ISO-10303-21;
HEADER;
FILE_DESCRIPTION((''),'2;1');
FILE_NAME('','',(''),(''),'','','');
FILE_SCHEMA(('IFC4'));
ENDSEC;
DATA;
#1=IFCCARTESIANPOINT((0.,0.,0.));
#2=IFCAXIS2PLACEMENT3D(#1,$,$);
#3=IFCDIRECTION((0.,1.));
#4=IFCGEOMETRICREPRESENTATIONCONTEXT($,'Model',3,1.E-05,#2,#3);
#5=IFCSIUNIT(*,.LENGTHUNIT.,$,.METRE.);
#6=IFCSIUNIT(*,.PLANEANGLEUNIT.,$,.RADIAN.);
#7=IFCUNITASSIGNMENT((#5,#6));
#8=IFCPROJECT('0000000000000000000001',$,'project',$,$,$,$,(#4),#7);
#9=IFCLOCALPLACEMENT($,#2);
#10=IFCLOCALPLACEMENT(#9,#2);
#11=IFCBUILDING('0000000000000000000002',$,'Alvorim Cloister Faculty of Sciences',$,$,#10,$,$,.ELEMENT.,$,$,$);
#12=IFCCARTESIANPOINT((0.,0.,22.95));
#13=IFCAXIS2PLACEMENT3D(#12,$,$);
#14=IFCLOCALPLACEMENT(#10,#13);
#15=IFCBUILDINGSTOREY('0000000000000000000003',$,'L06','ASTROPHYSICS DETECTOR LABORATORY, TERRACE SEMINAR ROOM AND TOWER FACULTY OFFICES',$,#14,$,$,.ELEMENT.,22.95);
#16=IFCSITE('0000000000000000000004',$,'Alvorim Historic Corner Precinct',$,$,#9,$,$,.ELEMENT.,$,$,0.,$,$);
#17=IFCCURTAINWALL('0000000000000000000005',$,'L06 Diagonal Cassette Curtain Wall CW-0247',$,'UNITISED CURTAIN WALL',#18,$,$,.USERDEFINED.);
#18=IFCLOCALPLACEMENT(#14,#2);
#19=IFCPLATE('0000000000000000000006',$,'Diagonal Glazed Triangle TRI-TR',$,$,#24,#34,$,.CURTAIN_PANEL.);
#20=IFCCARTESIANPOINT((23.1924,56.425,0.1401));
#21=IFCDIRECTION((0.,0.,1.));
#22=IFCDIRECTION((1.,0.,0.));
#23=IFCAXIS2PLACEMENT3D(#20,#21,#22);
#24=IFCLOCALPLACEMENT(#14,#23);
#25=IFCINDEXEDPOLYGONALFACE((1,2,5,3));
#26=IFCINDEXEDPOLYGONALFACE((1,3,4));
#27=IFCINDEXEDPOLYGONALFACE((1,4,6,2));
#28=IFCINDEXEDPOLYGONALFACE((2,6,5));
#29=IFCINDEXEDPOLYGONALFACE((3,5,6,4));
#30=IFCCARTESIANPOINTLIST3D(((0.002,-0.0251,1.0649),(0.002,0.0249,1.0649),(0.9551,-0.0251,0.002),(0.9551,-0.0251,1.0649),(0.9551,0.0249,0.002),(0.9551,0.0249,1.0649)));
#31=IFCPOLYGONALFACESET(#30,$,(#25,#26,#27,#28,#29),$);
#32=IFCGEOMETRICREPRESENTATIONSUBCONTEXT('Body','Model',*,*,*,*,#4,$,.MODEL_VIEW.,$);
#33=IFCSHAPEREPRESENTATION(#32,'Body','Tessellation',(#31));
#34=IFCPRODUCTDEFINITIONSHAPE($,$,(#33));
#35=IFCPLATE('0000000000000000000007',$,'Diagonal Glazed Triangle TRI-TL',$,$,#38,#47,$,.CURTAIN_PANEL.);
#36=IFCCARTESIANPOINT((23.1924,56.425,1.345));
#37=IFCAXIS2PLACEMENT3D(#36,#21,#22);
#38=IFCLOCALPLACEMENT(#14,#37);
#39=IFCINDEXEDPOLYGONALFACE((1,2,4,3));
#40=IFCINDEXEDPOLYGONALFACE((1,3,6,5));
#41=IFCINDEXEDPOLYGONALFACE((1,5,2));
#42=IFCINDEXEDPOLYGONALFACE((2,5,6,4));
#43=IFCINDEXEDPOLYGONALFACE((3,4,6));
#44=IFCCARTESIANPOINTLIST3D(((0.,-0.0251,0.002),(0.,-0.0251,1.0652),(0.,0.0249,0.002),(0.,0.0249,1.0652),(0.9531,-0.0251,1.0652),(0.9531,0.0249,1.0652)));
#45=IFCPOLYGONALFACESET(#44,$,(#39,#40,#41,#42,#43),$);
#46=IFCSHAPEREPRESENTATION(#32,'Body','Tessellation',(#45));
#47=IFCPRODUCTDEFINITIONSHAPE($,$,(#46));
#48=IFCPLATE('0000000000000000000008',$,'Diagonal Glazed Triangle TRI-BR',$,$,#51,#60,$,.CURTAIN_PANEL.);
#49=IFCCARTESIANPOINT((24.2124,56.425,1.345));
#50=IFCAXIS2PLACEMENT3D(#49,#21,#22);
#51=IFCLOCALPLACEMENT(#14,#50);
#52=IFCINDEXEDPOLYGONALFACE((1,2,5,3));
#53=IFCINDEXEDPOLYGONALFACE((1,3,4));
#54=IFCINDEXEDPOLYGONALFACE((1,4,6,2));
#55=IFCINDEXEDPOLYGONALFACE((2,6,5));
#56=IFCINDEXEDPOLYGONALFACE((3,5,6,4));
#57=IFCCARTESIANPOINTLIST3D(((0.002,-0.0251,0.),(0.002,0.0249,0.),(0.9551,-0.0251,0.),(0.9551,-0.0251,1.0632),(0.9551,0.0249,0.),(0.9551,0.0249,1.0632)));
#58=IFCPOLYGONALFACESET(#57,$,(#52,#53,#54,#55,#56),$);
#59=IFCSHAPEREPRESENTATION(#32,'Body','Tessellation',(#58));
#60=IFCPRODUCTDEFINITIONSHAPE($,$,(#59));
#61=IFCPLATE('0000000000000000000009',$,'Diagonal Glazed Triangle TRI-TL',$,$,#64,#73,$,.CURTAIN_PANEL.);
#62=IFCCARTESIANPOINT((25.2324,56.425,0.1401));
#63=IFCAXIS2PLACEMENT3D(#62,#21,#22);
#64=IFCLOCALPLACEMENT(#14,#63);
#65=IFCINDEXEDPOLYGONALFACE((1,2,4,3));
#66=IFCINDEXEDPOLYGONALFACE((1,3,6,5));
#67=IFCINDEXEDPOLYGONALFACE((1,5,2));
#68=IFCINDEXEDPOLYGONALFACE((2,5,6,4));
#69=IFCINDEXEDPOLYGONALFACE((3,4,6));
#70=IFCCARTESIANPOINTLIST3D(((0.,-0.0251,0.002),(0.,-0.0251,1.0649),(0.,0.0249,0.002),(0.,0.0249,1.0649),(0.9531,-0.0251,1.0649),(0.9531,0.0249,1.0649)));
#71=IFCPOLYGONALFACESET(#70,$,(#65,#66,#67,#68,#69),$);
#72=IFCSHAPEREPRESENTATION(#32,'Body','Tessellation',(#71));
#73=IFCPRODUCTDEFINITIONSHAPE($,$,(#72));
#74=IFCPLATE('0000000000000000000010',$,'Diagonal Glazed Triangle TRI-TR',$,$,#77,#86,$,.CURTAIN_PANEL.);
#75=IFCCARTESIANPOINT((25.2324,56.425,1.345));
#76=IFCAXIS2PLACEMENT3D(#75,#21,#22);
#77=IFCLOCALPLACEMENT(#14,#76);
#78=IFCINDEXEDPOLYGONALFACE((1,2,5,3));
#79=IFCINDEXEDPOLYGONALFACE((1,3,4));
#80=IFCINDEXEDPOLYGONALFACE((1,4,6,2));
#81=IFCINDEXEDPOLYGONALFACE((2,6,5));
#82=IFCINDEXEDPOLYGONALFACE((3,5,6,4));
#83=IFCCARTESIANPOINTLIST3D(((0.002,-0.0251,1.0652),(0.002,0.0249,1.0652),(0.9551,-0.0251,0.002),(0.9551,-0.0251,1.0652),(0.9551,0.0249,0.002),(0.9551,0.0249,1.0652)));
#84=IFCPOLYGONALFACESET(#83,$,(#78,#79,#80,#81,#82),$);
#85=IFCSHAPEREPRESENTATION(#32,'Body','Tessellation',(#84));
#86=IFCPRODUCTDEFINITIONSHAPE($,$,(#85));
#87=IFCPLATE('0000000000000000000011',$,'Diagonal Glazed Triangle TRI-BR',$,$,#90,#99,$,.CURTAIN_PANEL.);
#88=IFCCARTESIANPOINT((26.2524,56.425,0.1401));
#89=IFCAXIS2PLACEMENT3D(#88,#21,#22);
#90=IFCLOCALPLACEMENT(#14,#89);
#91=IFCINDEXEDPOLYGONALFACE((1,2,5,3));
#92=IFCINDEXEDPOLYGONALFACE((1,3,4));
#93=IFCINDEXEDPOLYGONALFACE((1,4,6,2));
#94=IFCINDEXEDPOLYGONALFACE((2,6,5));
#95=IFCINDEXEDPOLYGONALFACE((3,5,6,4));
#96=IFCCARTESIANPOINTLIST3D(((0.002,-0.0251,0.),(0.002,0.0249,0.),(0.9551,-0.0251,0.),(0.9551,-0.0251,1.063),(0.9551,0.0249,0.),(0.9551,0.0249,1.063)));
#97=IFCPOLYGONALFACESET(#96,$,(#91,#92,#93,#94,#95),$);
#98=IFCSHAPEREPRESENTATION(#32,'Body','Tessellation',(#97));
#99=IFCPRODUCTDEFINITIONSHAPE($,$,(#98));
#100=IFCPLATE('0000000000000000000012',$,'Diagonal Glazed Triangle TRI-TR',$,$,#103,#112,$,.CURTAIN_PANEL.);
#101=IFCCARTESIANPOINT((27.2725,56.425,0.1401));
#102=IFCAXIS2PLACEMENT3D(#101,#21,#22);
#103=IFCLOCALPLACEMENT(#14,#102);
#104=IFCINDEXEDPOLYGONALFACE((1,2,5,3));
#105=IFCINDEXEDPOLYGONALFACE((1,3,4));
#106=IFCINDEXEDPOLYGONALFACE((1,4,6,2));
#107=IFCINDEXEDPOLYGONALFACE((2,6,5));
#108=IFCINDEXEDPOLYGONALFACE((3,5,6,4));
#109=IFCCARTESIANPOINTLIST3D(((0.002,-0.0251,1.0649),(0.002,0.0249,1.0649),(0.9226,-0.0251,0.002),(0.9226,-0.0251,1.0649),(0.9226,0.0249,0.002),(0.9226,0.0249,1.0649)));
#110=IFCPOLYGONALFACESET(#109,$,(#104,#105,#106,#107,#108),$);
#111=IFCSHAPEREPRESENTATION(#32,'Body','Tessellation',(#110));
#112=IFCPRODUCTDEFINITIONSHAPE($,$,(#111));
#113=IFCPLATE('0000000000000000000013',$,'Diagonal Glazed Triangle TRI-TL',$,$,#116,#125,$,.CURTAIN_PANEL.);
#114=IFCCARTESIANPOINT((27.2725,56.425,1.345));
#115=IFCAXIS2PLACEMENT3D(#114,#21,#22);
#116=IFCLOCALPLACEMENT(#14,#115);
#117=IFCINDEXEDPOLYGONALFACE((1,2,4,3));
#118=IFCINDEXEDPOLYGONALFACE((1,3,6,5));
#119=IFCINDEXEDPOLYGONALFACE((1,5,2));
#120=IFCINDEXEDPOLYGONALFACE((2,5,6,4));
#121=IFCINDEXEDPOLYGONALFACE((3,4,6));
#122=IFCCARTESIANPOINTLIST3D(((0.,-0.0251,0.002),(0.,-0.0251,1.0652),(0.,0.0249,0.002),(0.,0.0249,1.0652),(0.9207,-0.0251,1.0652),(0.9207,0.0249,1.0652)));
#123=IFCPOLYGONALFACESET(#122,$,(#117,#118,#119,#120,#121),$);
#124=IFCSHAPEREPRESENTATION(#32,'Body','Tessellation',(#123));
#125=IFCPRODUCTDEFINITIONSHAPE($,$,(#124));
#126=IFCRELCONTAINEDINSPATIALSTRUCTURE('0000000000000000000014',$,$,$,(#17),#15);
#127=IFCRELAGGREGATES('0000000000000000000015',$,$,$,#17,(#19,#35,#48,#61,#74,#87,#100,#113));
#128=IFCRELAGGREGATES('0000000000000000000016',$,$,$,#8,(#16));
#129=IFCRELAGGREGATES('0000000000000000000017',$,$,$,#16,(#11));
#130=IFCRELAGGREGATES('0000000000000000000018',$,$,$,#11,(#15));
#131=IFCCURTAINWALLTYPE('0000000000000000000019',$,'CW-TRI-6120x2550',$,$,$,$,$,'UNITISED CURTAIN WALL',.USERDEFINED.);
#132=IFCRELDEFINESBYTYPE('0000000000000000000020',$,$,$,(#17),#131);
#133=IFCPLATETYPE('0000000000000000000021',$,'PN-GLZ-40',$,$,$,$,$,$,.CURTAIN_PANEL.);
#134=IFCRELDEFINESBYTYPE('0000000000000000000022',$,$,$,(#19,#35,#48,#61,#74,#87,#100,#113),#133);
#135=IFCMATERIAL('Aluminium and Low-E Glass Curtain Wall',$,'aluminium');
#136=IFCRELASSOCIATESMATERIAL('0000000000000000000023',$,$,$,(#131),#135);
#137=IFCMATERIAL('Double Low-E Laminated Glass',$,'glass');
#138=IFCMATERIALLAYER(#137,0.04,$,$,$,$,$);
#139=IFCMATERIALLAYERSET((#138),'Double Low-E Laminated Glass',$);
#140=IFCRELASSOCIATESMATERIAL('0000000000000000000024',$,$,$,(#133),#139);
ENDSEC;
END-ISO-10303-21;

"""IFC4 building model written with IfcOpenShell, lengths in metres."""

from ifc_helpers import new_model, si_unit, direction, frame, origin, place, context, subcontext, project, spatial, polyline, outline, extrude, material, layer, layer_set, type_object, element, aggregate, save


model = new_model("IFC4")

# Units and contexts
model_context = context("Model", 3, precision=1e-05, world=origin(), true_north=direction((0.0, 1.0)))
body_context = subcontext(model_context, "Body", "Model", "MODEL_VIEW")
ifc_project = project(units=[si_unit("LENGTHUNIT", "METRE"), si_unit("PLANEANGLEUNIT", "RADIAN")], contexts=[model_context])

# Site, building, storey
site_placement = place(None, origin())
site = spatial("IfcSite", under=ifc_project, at=site_placement, Name="Alvorim Historic Corner Precinct", CompositionType="ELEMENT", RefElevation=0.0)
building_placement = place(site_placement, origin())
building = spatial("IfcBuilding", under=site, at=building_placement, Name="Alvorim Cloister Faculty of Sciences", CompositionType="ELEMENT")
storey_placement = place(building_placement, frame((0.0, 0.0, 22.95)))
storey = spatial("IfcBuildingStorey", under=building, at=storey_placement, Name="L06", Description="ASTROPHYSICS DETECTOR LABORATORY, TERRACE SEMINAR ROOM AND TOWER FACULTY OFFICES", CompositionType="ELEMENT", Elevation=22.95)

# Curtain wall, plates
ifc_material_1 = material(Name="Aluminium and Low-E Glass Curtain Wall", Category="aluminium")
curtain_wall_type = type_object("IfcCurtainWallType", Name="CW-TRI-6120x2550", ElementType="UNITISED CURTAIN WALL", PredefinedType="USERDEFINED", material=ifc_material_1)
curtain_wall_placement = place(storey_placement, origin())
curtain_wall = element("IfcCurtainWall", 1, at=curtain_wall_placement, inside=storey, type_object=curtain_wall_type, Name="L06 Diagonal Cassette Curtain Wall CW-0247", ObjectType="UNITISED CURTAIN WALL", PredefinedType="USERDEFINED")
ifc_material_2 = material(Name="Double Low-E Laminated Glass", Category="glass")
ifc_layer_1 = layer(ifc_material_2, 0.04)
ifc_layer_set_1 = layer_set([ifc_layer_1], Name="Double Low-E Laminated Glass")
plate_type_1 = type_object("IfcPlateType", Name="PN-GLZ-40", PredefinedType="CURTAIN_PANEL", material=ifc_layer_set_1)
plate_1_placement = place(storey_placement, frame((23.1924, 56.425, 0.1401), z_axis=(0.0, 0.0, 1.0), x_axis=(1.0, 0.0, 0.0)))
plate_1 = element("IfcPlate", 2, at=plate_1_placement, type_object=plate_type_1, Name="Diagonal Glazed Triangle TRI-TR", PredefinedType="CURTAIN_PANEL", context=body_context, shape_type="SweptSolid", body=[
    extrude(outline(polyline([(0.9551, 0.002), (0.9551, 1.0649), (0.002, 1.0649), (0.9551, 0.002)])), frame((0.0, 0.0249, 0.0), z_axis=(0.0, -1.0, 0.0), x_axis=(1.0, 0.0, 0.0)), (0.0, 0.0, 1.0), 0.05),
])
plate_2_placement = place(storey_placement, frame((23.1924, 56.425, 1.345), z_axis=(0.0, 0.0, 1.0), x_axis=(1.0, 0.0, 0.0)))
plate_2 = element("IfcPlate", 3, at=plate_2_placement, type_object=plate_type_1, Name="Diagonal Glazed Triangle TRI-TL", PredefinedType="CURTAIN_PANEL", context=body_context, shape_type="SweptSolid", body=[
    extrude(outline(polyline([(0.9531, 1.0652), (0.0, 1.0652), (0.0, 0.002), (0.9531, 1.0652)])), frame((0.0, 0.0249, 0.0), z_axis=(0.0, -1.0, 0.0), x_axis=(1.0, 0.0, 0.0)), (0.0, 0.0, 1.0), 0.05),
])
plate_3_placement = place(storey_placement, frame((24.2124, 56.425, 1.345), z_axis=(0.0, 0.0, 1.0), x_axis=(1.0, 0.0, 0.0)))
plate_3 = element("IfcPlate", 4, at=plate_3_placement, type_object=plate_type_1, Name="Diagonal Glazed Triangle TRI-BR", PredefinedType="CURTAIN_PANEL", context=body_context, shape_type="SweptSolid", body=[
    extrude(outline(polyline([(0.002, 0.0), (0.9551, 0.0), (0.9551, 1.0632), (0.002, 0.0)])), frame((0.0, 0.0249, 0.0), z_axis=(0.0, -1.0, 0.0), x_axis=(1.0, 0.0, 0.0)), (0.0, 0.0, 1.0), 0.05),
])
plate_4_placement = place(storey_placement, frame((25.2324, 56.425, 0.1401), z_axis=(0.0, 0.0, 1.0), x_axis=(1.0, 0.0, 0.0)))
plate_4 = element("IfcPlate", 5, at=plate_4_placement, type_object=plate_type_1, Name="Diagonal Glazed Triangle TRI-TL", PredefinedType="CURTAIN_PANEL", context=body_context, shape_type="SweptSolid", body=[
    extrude(outline(polyline([(0.9531, 1.0649), (0.0, 1.0649), (0.0, 0.002), (0.9531, 1.0649)])), frame((0.0, 0.0249, 0.0), z_axis=(0.0, -1.0, 0.0), x_axis=(1.0, 0.0, 0.0)), (0.0, 0.0, 1.0), 0.05),
])
plate_5_placement = place(storey_placement, frame((25.2324, 56.425, 1.345), z_axis=(0.0, 0.0, 1.0), x_axis=(1.0, 0.0, 0.0)))
plate_5 = element("IfcPlate", 6, at=plate_5_placement, type_object=plate_type_1, Name="Diagonal Glazed Triangle TRI-TR", PredefinedType="CURTAIN_PANEL", context=body_context, shape_type="SweptSolid", body=[
    extrude(outline(polyline([(0.9551, 0.002), (0.9551, 1.0652), (0.002, 1.0652), (0.9551, 0.002)])), frame((0.0, 0.0249, 0.0), z_axis=(0.0, -1.0, 0.0), x_axis=(1.0, 0.0, 0.0)), (0.0, 0.0, 1.0), 0.05),
])
plate_6_placement = place(storey_placement, frame((26.2524, 56.425, 0.1401), z_axis=(0.0, 0.0, 1.0), x_axis=(1.0, 0.0, 0.0)))
plate_6 = element("IfcPlate", 7, at=plate_6_placement, type_object=plate_type_1, Name="Diagonal Glazed Triangle TRI-BR", PredefinedType="CURTAIN_PANEL", context=body_context, shape_type="SweptSolid", body=[
    extrude(outline(polyline([(0.002, 0.0), (0.9551, 0.0), (0.9551, 1.063), (0.002, 0.0)])), frame((0.0, 0.0249, 0.0), z_axis=(0.0, -1.0, 0.0), x_axis=(1.0, 0.0, 0.0)), (0.0, 0.0, 1.0), 0.05),
])
plate_7_placement = place(storey_placement, frame((27.2725, 56.425, 0.1401), z_axis=(0.0, 0.0, 1.0), x_axis=(1.0, 0.0, 0.0)))
plate_7 = element("IfcPlate", 8, at=plate_7_placement, type_object=plate_type_1, Name="Diagonal Glazed Triangle TRI-TR", PredefinedType="CURTAIN_PANEL", context=body_context, shape_type="SweptSolid", body=[
    extrude(outline(polyline([(0.9226, 0.002), (0.9226, 1.0649), (0.002, 1.0649), (0.9226, 0.002)])), frame((0.0, 0.0249, 0.0), z_axis=(0.0, -1.0, 0.0), x_axis=(1.0, 0.0, 0.0)), (0.0, 0.0, 1.0), 0.05),
])
plate_8_placement = place(storey_placement, frame((27.2725, 56.425, 1.345), z_axis=(0.0, 0.0, 1.0), x_axis=(1.0, 0.0, 0.0)))
plate_8 = element("IfcPlate", 9, at=plate_8_placement, type_object=plate_type_1, Name="Diagonal Glazed Triangle TRI-TL", PredefinedType="CURTAIN_PANEL", context=body_context, shape_type="SweptSolid", body=[
    extrude(outline(polyline([(0.9207, 1.0652), (0.0, 1.0652), (0.0, 0.002), (0.9207, 1.0652)])), frame((0.0, 0.0249, 0.0), z_axis=(0.0, -1.0, 0.0), x_axis=(1.0, 0.0, 0.0)), (0.0, 0.0, 1.0), 0.05),
])
aggregate(curtain_wall, [plate_1, plate_2, plate_3, plate_4, plate_5, plate_6, plate_7, plate_8])

save(model, "model.ifc")
